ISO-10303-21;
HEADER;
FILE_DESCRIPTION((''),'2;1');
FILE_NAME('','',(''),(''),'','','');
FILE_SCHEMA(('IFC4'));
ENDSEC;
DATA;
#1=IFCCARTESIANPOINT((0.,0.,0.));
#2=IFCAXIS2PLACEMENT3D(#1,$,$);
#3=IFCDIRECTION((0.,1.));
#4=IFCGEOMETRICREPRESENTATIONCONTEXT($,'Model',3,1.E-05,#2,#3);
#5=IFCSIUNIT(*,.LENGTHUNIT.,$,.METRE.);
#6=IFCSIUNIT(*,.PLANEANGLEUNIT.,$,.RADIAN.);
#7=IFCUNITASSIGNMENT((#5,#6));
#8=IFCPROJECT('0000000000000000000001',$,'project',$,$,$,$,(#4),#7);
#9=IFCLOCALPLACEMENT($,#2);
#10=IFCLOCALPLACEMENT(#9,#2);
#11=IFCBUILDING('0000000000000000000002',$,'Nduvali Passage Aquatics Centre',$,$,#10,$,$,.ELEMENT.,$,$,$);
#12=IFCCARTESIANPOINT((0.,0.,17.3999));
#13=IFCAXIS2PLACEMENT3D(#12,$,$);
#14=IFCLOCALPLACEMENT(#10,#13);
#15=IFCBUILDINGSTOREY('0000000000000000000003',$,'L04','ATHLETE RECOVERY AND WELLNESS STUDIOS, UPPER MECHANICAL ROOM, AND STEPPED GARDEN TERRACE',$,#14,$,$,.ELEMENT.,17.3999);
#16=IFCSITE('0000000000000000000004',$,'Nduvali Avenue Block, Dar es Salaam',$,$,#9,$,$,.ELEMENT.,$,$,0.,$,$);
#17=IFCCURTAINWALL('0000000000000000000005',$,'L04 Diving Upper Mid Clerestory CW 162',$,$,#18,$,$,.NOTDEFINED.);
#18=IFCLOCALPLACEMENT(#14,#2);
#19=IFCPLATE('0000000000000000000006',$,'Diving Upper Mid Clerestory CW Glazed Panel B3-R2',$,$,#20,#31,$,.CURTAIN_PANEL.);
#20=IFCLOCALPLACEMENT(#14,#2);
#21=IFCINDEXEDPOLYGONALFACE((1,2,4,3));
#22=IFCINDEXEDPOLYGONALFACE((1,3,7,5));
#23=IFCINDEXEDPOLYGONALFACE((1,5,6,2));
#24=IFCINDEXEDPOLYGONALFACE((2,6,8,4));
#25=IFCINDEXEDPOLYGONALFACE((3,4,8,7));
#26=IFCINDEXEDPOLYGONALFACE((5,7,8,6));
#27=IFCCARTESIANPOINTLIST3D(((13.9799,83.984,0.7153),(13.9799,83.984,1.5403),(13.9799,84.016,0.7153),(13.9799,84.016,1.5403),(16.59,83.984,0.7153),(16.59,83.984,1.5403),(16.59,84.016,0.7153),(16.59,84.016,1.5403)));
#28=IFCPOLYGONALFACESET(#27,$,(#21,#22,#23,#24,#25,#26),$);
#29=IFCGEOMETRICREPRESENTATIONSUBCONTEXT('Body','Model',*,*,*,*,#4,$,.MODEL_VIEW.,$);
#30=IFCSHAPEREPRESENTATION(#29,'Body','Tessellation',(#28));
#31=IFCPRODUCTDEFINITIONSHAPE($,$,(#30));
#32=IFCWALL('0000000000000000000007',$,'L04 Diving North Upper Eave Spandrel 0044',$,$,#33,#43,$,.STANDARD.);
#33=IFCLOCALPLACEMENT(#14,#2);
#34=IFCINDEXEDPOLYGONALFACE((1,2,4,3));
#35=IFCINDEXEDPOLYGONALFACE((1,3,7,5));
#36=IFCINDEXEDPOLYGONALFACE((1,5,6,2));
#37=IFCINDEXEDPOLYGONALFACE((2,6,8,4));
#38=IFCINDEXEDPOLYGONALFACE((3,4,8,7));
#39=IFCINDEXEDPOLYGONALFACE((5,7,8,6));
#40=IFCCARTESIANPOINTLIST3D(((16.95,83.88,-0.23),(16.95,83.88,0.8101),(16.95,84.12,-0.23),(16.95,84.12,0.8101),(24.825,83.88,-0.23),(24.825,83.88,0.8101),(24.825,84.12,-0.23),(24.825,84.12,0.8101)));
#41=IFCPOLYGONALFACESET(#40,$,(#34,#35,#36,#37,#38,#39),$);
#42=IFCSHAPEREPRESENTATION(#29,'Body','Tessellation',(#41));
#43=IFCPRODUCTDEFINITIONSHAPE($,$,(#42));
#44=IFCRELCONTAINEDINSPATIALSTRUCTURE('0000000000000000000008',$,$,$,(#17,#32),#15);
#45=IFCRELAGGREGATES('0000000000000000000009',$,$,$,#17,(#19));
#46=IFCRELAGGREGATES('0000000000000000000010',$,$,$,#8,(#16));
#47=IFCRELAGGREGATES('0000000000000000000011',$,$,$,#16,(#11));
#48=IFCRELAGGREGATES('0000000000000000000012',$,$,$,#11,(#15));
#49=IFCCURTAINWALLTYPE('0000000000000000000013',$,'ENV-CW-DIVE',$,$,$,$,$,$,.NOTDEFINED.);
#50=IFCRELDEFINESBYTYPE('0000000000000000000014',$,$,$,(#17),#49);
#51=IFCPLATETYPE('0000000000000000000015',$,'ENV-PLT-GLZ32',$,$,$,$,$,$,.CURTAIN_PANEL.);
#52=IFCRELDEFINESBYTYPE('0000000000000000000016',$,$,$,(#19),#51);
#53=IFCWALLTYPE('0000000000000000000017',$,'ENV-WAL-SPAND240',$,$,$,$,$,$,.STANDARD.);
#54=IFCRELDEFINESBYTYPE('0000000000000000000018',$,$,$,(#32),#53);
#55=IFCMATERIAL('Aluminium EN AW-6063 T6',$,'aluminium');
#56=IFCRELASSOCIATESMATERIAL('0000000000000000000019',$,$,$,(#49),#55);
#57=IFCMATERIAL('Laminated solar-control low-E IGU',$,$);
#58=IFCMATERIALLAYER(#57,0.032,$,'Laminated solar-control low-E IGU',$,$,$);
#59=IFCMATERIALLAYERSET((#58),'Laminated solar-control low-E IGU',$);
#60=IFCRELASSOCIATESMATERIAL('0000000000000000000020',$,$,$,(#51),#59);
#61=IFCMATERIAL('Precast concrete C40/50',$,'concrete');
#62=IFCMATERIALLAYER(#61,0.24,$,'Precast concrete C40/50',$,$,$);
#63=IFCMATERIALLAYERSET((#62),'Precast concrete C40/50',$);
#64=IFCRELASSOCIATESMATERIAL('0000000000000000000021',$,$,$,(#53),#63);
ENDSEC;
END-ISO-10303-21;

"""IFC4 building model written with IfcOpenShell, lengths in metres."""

from ifc_helpers import new_model, si_unit, direction, frame, frame_2d, origin, origin_2d, place, context, subcontext, project, spatial, rectangle, extrude, material, layer, layer_set, type_object, element, aggregate, save


model = new_model("IFC4")

# Units and contexts
model_context = context("Model", 3, precision=1e-05, world=origin(), true_north=direction((0.0, 1.0)))
body_context = subcontext(model_context, "Body", "Model", "MODEL_VIEW")
ifc_project = project(units=[si_unit("LENGTHUNIT", "METRE"), si_unit("PLANEANGLEUNIT", "RADIAN")], contexts=[model_context])

# Site, building, storey
site_placement = place(None, origin())
site = spatial("IfcSite", under=ifc_project, at=site_placement, Name="Nduvali Avenue Block, Dar es Salaam", CompositionType="ELEMENT", RefElevation=0.0)
building_placement = place(site_placement, origin())
building = spatial("IfcBuilding", under=site, at=building_placement, Name="Nduvali Passage Aquatics Centre", CompositionType="ELEMENT")
storey_placement = place(building_placement, frame((0.0, 0.0, 17.3999)))
storey = spatial("IfcBuildingStorey", under=building, at=storey_placement, Name="L04", Description="ATHLETE RECOVERY AND WELLNESS STUDIOS, UPPER MECHANICAL ROOM, AND STEPPED GARDEN TERRACE", CompositionType="ELEMENT", Elevation=17.3999)

# Curtain wall
ifc_material_1 = material(Name="Aluminium EN AW-6063 T6", Category="aluminium")
curtain_wall_type = type_object("IfcCurtainWallType", Name="ENV-CW-DIVE", PredefinedType="NOTDEFINED", material=ifc_material_1)
curtain_wall_placement = place(storey_placement, origin())
curtain_wall = element("IfcCurtainWall", 1, at=curtain_wall_placement, inside=storey, type_object=curtain_wall_type, Name="L04 Diving Upper Mid Clerestory CW 162", PredefinedType="NOTDEFINED")

# Plate
ifc_material_2 = material(Name="Laminated solar-control low-E IGU")
ifc_layer_1 = layer(ifc_material_2, 0.032, Name="Laminated solar-control low-E IGU")
ifc_layer_set_1 = layer_set([ifc_layer_1], Name="Laminated solar-control low-E IGU")
plate_type = type_object("IfcPlateType", Name="ENV-PLT-GLZ32", PredefinedType="CURTAIN_PANEL", material=ifc_layer_set_1)
plate_1_placement = place(storey_placement, frame((15.2849, 84.0, 0.7153), z_axis=(0.0, 0.0, 1.0), x_axis=(1.0, 0.0, 0.0)))
plate_1 = element("IfcPlate", 2, at=plate_1_placement, type_object=plate_type, Name="Diving Upper Mid Clerestory CW Glazed Panel B3-R2", PredefinedType="CURTAIN_PANEL", context=body_context, shape_type="SweptSolid", body=[
    extrude(rectangle(XDim=2.6101, YDim=0.032, at=origin_2d()), origin(), (0.0, 0.0, 1.0), 0.825),
])
aggregate(curtain_wall, [plate_1])

# Wall
ifc_material_3 = material(Name="Precast concrete C40/50", Category="concrete")
ifc_layer_2 = layer(ifc_material_3, 0.24, Name="Precast concrete C40/50")
ifc_layer_set_2 = layer_set([ifc_layer_2], Name="Precast concrete C40/50")
wall_type = type_object("IfcWallType", Name="ENV-WAL-SPAND240", PredefinedType="STANDARD", material=ifc_layer_set_2)
wall_placement = place(storey_placement, frame((24.825, 84.0, -0.23), z_axis=(0.0, 0.0, 1.0), x_axis=(-1.0, 0.0, 0.0)))
element("IfcWall", 3, at=wall_placement, inside=storey, type_object=wall_type, Name="L04 Diving North Upper Eave Spandrel 0044", PredefinedType="STANDARD", context=body_context, shape_type="SweptSolid", body=[
    extrude(rectangle(XDim=7.875, YDim=0.24, at=frame_2d((3.9375, 0.0))), origin(), (0.0, 0.0, 1.0), 1.04),
])

save(model, "model.ifc")
